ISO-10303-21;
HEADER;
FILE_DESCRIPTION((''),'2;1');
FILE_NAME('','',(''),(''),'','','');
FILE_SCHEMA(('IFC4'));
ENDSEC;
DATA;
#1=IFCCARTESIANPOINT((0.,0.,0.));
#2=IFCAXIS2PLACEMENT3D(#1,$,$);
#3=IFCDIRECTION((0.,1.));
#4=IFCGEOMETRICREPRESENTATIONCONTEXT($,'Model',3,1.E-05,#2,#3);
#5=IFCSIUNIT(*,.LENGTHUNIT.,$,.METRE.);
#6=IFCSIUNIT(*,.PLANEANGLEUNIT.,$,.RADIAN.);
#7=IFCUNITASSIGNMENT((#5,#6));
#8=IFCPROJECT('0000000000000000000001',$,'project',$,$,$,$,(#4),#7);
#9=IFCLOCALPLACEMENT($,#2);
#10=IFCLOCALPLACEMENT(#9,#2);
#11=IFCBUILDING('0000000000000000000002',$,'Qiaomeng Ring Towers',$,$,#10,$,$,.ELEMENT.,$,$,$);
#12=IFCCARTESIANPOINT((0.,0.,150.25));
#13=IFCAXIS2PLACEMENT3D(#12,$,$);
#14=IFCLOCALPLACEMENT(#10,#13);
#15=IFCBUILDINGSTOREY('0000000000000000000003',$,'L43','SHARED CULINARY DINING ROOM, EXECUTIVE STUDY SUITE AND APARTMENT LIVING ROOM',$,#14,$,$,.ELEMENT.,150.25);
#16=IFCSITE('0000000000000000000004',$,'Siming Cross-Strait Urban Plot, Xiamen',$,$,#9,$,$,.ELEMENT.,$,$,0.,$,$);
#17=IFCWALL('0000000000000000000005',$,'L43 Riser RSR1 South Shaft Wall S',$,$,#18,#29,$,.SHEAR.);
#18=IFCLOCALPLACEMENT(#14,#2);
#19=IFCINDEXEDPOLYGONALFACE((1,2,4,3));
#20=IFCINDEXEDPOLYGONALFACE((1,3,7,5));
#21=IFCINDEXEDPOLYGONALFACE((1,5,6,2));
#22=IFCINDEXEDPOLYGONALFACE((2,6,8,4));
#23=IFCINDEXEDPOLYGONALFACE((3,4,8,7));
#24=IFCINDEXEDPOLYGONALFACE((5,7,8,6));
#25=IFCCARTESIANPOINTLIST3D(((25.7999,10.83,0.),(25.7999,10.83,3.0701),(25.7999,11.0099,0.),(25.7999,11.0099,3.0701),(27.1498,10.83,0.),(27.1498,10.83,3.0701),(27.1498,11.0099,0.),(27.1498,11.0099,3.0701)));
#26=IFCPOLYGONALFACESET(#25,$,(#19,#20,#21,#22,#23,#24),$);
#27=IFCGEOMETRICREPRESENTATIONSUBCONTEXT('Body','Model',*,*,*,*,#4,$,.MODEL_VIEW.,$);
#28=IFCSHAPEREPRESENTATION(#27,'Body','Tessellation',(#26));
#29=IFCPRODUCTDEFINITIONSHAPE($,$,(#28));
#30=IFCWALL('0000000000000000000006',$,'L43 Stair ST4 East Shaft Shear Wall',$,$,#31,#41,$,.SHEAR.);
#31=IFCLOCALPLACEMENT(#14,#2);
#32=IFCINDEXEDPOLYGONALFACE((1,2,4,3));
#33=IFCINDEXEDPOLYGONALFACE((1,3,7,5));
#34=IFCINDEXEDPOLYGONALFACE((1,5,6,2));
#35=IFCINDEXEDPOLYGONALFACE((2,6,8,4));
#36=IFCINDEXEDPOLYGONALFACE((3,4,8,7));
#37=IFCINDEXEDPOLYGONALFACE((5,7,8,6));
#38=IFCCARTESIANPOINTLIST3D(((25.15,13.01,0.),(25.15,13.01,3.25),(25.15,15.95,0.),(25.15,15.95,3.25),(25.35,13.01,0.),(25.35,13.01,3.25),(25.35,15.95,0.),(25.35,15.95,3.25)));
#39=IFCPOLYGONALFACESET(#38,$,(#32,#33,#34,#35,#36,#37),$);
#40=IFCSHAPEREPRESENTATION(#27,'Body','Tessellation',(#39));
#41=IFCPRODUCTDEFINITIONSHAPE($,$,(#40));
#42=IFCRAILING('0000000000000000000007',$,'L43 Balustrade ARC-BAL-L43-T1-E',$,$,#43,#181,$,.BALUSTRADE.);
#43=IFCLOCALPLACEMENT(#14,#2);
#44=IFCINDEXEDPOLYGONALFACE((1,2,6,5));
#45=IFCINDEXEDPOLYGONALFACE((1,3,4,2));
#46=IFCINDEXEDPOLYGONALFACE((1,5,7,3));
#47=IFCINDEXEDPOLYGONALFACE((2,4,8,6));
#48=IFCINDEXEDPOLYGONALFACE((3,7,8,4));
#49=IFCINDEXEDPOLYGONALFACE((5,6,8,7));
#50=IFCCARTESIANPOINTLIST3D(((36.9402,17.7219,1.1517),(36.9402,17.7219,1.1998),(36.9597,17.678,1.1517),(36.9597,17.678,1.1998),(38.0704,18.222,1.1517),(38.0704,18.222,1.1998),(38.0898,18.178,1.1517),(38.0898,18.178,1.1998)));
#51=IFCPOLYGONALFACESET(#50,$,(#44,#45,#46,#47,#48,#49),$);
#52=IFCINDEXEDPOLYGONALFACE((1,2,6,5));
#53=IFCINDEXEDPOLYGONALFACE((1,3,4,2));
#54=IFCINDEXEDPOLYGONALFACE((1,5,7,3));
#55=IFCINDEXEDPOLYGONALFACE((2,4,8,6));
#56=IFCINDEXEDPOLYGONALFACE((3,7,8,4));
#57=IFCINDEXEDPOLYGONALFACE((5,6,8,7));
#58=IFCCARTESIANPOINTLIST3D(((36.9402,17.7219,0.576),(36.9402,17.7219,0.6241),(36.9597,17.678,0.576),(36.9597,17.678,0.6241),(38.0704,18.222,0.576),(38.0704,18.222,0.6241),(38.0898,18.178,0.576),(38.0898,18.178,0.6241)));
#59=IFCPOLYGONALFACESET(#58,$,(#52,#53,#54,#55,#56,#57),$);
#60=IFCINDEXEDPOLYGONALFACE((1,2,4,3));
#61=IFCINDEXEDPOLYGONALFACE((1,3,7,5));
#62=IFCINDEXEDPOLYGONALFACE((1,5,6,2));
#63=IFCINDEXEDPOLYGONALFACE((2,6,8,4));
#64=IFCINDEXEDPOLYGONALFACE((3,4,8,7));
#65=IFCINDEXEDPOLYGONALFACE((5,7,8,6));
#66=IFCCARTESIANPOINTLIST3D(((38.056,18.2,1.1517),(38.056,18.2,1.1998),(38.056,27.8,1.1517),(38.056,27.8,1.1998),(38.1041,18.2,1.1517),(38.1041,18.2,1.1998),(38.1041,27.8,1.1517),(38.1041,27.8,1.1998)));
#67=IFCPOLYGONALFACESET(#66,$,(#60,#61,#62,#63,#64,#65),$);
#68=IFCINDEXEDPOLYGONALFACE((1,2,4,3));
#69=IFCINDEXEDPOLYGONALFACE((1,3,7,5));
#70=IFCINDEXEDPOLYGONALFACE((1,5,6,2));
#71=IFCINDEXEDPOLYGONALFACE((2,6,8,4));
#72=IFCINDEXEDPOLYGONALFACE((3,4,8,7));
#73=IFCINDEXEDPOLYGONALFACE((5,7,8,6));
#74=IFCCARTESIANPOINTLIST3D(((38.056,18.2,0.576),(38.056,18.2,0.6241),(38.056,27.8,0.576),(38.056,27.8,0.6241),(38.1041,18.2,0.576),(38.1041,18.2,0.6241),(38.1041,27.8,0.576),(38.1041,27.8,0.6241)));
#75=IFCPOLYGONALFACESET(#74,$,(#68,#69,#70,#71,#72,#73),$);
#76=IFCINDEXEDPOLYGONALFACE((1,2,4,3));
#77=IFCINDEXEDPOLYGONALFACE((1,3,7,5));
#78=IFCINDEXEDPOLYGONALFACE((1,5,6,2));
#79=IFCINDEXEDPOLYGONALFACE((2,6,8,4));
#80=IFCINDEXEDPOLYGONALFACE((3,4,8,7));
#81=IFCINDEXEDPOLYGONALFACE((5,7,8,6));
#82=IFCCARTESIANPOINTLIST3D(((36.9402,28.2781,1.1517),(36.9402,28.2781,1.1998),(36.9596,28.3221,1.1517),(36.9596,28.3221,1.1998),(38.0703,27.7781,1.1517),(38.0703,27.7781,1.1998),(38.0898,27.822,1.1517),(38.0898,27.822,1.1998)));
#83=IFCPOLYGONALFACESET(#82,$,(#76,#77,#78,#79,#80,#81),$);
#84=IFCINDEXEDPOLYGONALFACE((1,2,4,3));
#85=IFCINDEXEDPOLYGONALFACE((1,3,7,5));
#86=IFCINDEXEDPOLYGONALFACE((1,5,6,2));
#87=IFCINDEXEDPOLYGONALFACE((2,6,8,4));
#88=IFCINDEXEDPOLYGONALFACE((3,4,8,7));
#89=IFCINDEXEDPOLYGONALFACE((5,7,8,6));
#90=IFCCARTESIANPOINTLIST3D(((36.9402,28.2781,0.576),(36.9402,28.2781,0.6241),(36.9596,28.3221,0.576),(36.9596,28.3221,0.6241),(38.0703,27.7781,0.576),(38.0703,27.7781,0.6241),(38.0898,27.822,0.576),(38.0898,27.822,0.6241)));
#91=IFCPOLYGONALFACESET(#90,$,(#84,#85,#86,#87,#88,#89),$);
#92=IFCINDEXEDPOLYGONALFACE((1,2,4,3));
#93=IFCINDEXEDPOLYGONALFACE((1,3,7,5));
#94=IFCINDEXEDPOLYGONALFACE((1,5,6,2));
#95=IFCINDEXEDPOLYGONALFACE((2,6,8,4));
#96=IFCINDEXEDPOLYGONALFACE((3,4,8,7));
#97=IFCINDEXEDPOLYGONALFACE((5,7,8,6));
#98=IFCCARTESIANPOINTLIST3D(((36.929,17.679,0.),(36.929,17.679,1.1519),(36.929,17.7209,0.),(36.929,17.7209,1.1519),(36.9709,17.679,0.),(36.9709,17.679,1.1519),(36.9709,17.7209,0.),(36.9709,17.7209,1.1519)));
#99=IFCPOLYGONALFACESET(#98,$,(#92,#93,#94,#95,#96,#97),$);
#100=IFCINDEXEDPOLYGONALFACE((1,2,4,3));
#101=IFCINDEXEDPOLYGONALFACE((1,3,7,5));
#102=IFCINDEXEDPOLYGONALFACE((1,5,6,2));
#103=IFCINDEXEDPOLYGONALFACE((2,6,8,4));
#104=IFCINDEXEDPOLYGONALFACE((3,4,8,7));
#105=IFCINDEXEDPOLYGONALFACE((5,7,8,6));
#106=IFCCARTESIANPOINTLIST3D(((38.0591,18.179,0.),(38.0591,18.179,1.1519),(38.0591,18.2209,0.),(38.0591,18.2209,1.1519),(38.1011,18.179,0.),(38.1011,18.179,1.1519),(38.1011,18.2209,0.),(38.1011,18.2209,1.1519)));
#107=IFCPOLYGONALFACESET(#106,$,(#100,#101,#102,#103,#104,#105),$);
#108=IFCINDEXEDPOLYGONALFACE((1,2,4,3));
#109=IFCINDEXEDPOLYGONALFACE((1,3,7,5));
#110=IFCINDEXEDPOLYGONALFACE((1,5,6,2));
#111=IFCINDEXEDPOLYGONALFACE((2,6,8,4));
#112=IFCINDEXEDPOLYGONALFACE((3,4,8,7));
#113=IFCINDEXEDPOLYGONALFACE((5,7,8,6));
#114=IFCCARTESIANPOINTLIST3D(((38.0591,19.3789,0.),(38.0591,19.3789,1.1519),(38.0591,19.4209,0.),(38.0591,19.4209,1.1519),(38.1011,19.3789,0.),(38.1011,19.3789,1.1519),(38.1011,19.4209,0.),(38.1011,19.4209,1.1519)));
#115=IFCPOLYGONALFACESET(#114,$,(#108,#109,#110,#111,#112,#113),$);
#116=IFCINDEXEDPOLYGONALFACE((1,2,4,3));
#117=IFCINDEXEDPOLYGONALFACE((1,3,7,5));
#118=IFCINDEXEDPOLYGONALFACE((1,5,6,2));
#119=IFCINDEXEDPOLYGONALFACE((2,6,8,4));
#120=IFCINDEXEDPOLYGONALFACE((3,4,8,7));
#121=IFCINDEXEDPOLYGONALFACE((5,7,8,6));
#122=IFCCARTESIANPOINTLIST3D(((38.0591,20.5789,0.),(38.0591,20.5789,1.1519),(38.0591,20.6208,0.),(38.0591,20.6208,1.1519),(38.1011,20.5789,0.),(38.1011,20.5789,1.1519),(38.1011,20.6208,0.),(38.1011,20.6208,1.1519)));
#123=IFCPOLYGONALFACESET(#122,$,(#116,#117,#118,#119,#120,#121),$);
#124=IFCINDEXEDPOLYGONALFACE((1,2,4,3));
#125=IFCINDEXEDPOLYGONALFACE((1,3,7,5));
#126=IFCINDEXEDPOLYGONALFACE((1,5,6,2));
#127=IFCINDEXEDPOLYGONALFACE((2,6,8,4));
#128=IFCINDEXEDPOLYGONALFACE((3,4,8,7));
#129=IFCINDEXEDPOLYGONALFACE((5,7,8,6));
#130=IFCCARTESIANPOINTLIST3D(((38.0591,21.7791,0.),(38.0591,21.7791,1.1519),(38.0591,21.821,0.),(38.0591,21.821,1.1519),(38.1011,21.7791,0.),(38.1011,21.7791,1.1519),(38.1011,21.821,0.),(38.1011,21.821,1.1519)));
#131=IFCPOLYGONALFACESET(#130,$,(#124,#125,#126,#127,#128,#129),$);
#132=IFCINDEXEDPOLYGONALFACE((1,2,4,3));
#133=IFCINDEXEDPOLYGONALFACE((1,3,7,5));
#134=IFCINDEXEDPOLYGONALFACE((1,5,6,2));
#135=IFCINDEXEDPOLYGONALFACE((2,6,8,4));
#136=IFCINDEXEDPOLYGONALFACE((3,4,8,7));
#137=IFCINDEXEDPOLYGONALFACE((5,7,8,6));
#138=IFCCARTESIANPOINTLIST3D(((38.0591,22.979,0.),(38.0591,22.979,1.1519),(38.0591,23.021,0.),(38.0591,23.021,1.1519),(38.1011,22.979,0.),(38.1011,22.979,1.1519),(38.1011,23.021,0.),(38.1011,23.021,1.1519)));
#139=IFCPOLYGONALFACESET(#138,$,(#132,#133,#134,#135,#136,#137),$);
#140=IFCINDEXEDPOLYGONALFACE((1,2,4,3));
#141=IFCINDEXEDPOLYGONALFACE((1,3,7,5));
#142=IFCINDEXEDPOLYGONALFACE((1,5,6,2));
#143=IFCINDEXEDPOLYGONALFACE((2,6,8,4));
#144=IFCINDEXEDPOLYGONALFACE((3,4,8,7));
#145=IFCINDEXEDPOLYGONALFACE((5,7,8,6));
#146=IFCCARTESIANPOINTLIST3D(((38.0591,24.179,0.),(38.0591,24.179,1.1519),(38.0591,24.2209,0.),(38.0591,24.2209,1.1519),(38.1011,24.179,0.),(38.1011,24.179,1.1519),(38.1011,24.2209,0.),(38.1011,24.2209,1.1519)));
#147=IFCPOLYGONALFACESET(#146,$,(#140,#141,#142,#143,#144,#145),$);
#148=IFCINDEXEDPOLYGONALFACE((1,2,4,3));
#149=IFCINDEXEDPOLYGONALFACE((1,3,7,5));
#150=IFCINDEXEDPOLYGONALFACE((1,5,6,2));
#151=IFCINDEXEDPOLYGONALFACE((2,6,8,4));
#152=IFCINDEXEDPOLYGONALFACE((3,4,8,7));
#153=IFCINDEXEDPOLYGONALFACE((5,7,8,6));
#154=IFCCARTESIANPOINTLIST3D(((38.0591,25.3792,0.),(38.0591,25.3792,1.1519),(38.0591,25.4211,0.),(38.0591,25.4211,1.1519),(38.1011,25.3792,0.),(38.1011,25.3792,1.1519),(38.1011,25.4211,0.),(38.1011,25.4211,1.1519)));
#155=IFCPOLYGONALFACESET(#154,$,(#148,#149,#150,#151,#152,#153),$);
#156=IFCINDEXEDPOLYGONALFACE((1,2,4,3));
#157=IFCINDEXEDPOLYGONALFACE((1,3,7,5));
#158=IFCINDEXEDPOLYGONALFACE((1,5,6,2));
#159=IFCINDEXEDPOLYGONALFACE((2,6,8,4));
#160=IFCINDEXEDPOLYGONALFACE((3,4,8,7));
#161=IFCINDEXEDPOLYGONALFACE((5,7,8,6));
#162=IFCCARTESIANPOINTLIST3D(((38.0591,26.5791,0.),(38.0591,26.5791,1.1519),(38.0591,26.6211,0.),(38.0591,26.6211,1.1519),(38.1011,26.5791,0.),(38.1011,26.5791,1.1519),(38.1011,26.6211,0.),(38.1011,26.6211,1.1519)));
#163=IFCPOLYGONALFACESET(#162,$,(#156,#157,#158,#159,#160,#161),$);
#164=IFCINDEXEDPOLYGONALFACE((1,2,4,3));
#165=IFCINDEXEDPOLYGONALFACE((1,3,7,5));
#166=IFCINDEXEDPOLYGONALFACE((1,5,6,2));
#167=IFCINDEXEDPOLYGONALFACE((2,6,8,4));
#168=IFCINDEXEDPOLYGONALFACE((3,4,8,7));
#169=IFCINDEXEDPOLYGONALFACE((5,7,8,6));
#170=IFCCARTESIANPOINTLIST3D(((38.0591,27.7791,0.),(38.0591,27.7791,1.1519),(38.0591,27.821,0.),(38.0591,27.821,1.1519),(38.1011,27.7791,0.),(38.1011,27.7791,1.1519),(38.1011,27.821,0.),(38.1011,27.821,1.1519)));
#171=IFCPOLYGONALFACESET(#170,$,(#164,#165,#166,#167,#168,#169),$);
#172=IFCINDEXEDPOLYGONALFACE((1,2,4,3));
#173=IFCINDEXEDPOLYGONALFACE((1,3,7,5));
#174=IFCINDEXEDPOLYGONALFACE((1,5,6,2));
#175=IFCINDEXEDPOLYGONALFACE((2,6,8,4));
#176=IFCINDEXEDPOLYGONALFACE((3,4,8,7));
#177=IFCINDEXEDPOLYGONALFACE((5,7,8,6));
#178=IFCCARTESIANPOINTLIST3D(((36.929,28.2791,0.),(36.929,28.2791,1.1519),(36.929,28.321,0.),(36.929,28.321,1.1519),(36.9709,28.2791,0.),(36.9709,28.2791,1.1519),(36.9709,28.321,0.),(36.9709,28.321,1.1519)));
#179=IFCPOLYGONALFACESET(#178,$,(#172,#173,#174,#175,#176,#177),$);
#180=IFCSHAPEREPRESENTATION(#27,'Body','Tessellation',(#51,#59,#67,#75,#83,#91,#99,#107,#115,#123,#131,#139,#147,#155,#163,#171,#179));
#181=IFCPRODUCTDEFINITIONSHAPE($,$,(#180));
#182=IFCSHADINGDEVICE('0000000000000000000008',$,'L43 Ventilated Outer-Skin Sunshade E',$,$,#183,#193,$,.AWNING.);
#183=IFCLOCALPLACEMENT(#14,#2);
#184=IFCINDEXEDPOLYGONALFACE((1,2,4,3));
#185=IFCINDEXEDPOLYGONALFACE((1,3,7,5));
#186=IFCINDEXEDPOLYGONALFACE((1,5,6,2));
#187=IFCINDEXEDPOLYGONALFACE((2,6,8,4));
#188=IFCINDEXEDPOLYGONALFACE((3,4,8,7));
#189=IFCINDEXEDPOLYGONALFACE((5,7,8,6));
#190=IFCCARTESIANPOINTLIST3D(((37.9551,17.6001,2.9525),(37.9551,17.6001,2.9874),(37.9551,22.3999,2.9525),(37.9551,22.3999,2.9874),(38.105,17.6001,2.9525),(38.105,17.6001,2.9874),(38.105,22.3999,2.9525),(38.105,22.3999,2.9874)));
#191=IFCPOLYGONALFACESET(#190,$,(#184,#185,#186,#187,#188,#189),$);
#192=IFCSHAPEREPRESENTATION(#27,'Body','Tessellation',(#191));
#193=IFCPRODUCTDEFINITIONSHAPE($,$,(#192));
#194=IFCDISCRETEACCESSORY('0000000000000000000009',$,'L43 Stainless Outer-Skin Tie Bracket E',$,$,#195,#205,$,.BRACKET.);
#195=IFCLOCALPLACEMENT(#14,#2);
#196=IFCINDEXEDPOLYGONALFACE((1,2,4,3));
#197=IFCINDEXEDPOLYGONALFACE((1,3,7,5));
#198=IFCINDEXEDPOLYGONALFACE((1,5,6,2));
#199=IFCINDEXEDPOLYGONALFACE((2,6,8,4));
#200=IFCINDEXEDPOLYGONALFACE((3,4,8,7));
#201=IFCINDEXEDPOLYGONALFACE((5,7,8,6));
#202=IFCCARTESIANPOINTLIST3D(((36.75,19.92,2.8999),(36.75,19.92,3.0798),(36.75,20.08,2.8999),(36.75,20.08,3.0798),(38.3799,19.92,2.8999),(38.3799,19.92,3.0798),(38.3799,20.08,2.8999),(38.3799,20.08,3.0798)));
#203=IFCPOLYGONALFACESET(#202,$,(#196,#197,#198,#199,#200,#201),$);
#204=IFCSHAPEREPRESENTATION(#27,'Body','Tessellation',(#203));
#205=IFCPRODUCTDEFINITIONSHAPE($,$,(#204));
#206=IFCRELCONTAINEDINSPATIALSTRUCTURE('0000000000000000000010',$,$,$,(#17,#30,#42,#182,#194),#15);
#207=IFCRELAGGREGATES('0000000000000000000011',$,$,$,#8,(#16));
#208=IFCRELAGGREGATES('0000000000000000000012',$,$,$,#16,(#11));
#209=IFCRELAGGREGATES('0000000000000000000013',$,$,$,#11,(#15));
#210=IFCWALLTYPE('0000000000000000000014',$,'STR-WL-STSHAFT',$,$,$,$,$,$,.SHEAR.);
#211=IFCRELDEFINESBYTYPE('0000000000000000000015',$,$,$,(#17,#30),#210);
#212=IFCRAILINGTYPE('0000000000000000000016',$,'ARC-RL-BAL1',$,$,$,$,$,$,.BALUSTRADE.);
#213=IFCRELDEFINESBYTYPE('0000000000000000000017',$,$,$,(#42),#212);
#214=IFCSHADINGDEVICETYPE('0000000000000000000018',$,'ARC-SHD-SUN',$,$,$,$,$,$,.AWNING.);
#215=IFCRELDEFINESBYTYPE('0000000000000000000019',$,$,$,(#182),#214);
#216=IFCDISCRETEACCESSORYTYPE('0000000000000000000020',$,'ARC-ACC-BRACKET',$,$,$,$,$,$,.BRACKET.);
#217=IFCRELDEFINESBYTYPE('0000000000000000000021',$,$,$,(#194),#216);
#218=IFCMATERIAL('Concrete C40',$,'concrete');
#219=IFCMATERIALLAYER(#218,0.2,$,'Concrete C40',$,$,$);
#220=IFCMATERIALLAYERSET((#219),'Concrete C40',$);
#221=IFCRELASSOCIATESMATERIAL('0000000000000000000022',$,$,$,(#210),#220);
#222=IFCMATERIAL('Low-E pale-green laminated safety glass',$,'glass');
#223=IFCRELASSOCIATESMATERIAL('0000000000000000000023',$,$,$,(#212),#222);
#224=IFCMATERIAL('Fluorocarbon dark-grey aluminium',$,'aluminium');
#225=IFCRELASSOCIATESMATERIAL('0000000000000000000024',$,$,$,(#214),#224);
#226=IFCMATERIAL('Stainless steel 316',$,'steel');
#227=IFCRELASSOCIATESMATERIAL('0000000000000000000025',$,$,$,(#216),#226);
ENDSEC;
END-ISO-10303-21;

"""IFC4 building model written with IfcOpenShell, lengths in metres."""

from ifc_helpers import new_model, si_unit, direction, frame, frame_2d, origin, origin_2d, place, context, subcontext, project, spatial, rectangle, extrude, source, transform, mapped, material, layer, layer_set, material_profile, profile_set, type_object, element, save


model = new_model("IFC4")

# Units and contexts
model_context = context("Model", 3, precision=1e-05, world=origin(), true_north=direction((0.0, 1.0)))
body_context = subcontext(model_context, "Body", "Model", "MODEL_VIEW")
ifc_project = project(units=[si_unit("LENGTHUNIT", "METRE"), si_unit("PLANEANGLEUNIT", "RADIAN")], contexts=[model_context])

# Site, building, storey
site_placement = place(None, origin())
site = spatial("IfcSite", under=ifc_project, at=site_placement, Name="Siming Cross-Strait Urban Plot, Xiamen", CompositionType="ELEMENT", RefElevation=0.0)
building_placement = place(site_placement, origin())
building = spatial("IfcBuilding", under=site, at=building_placement, Name="Qiaomeng Ring Towers", CompositionType="ELEMENT")
storey_placement = place(building_placement, frame((0.0, 0.0, 150.25)))
storey = spatial("IfcBuildingStorey", under=building, at=storey_placement, Name="L43", Description="SHARED CULINARY DINING ROOM, EXECUTIVE STUDY SUITE AND APARTMENT LIVING ROOM", CompositionType="ELEMENT", Elevation=150.25)

# Shared definitions
ifc_material_1 = material(Name="Stainless steel 316", Category="steel")

# Walls
ifc_material_2 = material(Name="Concrete C40", Category="concrete")
ifc_layer_1 = layer(ifc_material_2, 0.2, Name="Concrete C40")
ifc_layer_set_1 = layer_set([ifc_layer_1], Name="Concrete C40")
wall_type_1 = type_object("IfcWallType", Name="STR-WL-STSHAFT", PredefinedType="SHEAR", material=ifc_layer_set_1)
for number, where, z_axis, x_axis, name in (
    (1, (25.8, 10.9199, 0.0), (0.0, 0.0, 1.0), (1.0, 0.0, 0.0), "L43 Riser RSR1 South Shaft Wall S"),
):
    element("IfcWall", number, at=place(storey_placement, frame(where, z_axis=z_axis, x_axis=x_axis)), inside=storey, type_object=wall_type_1, Name=name, PredefinedType="SHEAR", context=body_context, shape_type="SweptSolid", body=[
        extrude(rectangle(XDim=1.3499, YDim=0.1799, at=frame_2d((0.6748, 0.0))), origin(), (0.0, 0.0, 1.0), 3.0701),
    ])
wall_1_placement = place(storey_placement, frame((25.25, 13.01, 0.0), z_axis=(0.0, 0.0, 1.0), x_axis=(0.0, 1.0, 0.0)))
element("IfcWall", 2, at=wall_1_placement, inside=storey, type_object=wall_type_1, Name="L43 Stair ST4 East Shaft Shear Wall", PredefinedType="SHEAR", context=body_context, shape_type="SweptSolid", body=[
    extrude(rectangle(XDim=2.9399, YDim=0.2, at=frame_2d((1.47, 0.0))), origin(), (0.0, 0.0, 1.0), 3.25),
])

# Railing
ifc_material_3 = material(Name="Low-E pale-green laminated safety glass", Category="glass")
railing_type = type_object("IfcRailingType", Name="ARC-RL-BAL1", PredefinedType="BALUSTRADE", material=ifc_material_3)
railing_placement = place(storey_placement, frame((36.95, 17.7, 0.0)))
element("IfcRailing", 3, at=railing_placement, inside=storey, type_object=railing_type, Name="L43 Balustrade ARC-BAL-L43-T1-E", PredefinedType="BALUSTRADE", context=body_context, shape_type="SweptSolid", body=[
    extrude(rectangle(XDim=0.0481, YDim=0.0481, at=origin_2d()), frame((0.0, 0.0, 1.1758), z_axis=(0.914495, 0.404598, 0.0), x_axis=(-0.404598, 0.914495, 0.0)), (0.0, 0.0, 1.0), 1.2358),
    extrude(rectangle(XDim=0.0481, YDim=0.0481, at=origin_2d()), frame((0.0, 0.0, 0.6001), z_axis=(0.914495, 0.404598, 0.0), x_axis=(-0.404598, 0.914495, 0.0)), (0.0, 0.0, 1.0), 1.2358),
    extrude(rectangle(XDim=0.0481, YDim=0.0481, at=origin_2d()), frame((1.1301, 0.5, 1.1758), z_axis=(0.0, 1.0, 0.0), x_axis=(-1.0, 0.0, 0.0)), (0.0, 0.0, 1.0), 9.6001),
    extrude(rectangle(XDim=0.0481, YDim=0.0481, at=origin_2d()), frame((1.1301, 0.5, 0.6001), z_axis=(0.0, 1.0, 0.0), x_axis=(-1.0, 0.0, 0.0)), (0.0, 0.0, 1.0), 9.6001),
    extrude(rectangle(XDim=0.0481, YDim=0.0481, at=origin_2d()), frame((1.1301, 10.1001, 1.1758), z_axis=(-0.914495, 0.404598, 0.0), x_axis=(-0.404598, -0.914495, 0.0)), (0.0, 0.0, 1.0), 1.2358),
    extrude(rectangle(XDim=0.0481, YDim=0.0481, at=origin_2d()), frame((1.1301, 10.1001, 0.6001), z_axis=(-0.914495, 0.404598, 0.0), x_axis=(-0.404598, -0.914495, 0.0)), (0.0, 0.0, 1.0), 1.2358),
    extrude(rectangle(XDim=0.042, YDim=0.042, at=origin_2d()), origin(), (0.0, 0.0, 1.0), 1.1519),
    extrude(rectangle(XDim=0.042, YDim=0.042, at=origin_2d()), frame((1.1301, 0.5, 0.0)), (0.0, 0.0, 1.0), 1.1519),
    extrude(rectangle(XDim=0.042, YDim=0.042, at=origin_2d()), frame((1.1301, 1.7, 0.0)), (0.0, 0.0, 1.0), 1.1519),
    extrude(rectangle(XDim=0.042, YDim=0.042, at=origin_2d()), frame((1.1301, 2.8999, 0.0)), (0.0, 0.0, 1.0), 1.1519),
    extrude(rectangle(XDim=0.042, YDim=0.042, at=origin_2d()), frame((1.1301, 4.1001, 0.0)), (0.0, 0.0, 1.0), 1.1519),
    extrude(rectangle(XDim=0.042, YDim=0.042, at=origin_2d()), frame((1.1301, 5.3, 0.0)), (0.0, 0.0, 1.0), 1.1519),
    extrude(rectangle(XDim=0.042, YDim=0.042, at=origin_2d()), frame((1.1301, 6.5, 0.0)), (0.0, 0.0, 1.0), 1.1519),
    extrude(rectangle(XDim=0.042, YDim=0.042, at=origin_2d()), frame((1.1301, 7.7002, 0.0)), (0.0, 0.0, 1.0), 1.1519),
    extrude(rectangle(XDim=0.042, YDim=0.042, at=origin_2d()), frame((1.1301, 8.9001, 0.0)), (0.0, 0.0, 1.0), 1.1519),
    extrude(rectangle(XDim=0.042, YDim=0.042, at=origin_2d()), frame((1.1301, 10.1001, 0.0)), (0.0, 0.0, 1.0), 1.1519),
    extrude(rectangle(XDim=0.042, YDim=0.042, at=origin_2d()), frame((0.0, 10.6001, 0.0)), (0.0, 0.0, 1.0), 1.1519),
])

# Shading device
ifc_material_4 = material(Name="Fluorocarbon dark-grey aluminium", Category="aluminium")
ifc_material_profile_1 = material_profile(ifc_material_4, rectangle(XDim=0.1499, YDim=0.0349, at=origin_2d()), Name="LV BLADE 150x35")
ifc_profile_set_1 = profile_set([ifc_material_profile_1], Name="Fluorocarbon dark-grey aluminium")
shading_device_type = type_object("IfcShadingDeviceType", Name="ARC-SHD-SUN", PredefinedType="AWNING", material=ifc_profile_set_1)
shared_shape_1 = source(origin(), body_context, "Body", "SweptSolid", [
    extrude(rectangle(XDim=0.1499, YDim=0.0349, at=origin_2d()), origin(), (0.0, 0.0, 1.0), 4.7998),
])
shading_device_placement = place(storey_placement, frame((38.03, 17.6001, 2.97), z_axis=(0.0, 1.0, 0.0), x_axis=(-1.0, 0.0, 0.0)))
element("IfcShadingDevice", 4, at=shading_device_placement, inside=storey, type_object=shading_device_type, Name="L43 Ventilated Outer-Skin Sunshade E", PredefinedType="AWNING", context=body_context, shape_type="MappedRepresentation", body=[
    mapped(shared_shape_1, transform((0.0, 0.0, 0.0), x_axis=(1.0, 0.0, 0.0), y_axis=(0.0, 1.0, 0.0), z_axis=(0.0, 0.0, 1.0), scale=1.0)),
])

# Discrete accessory
discrete_accessory_type = type_object("IfcDiscreteAccessoryType", Name="ARC-ACC-BRACKET", PredefinedType="BRACKET", material=ifc_material_1)
shared_shape_2 = source(origin(), body_context, "Body", "SweptSolid", [
    extrude(rectangle(XDim=1.6299, YDim=0.1599, at=origin_2d()), origin(), (0.0, 0.0, 1.0), 0.1799),
])
discrete_accessory_placement = place(storey_placement, frame((37.5649, 20.0, 2.8999), z_axis=(0.0, 0.0, 1.0), x_axis=(1.0, 0.0, 0.0)))
element("IfcDiscreteAccessory", 5, at=discrete_accessory_placement, inside=storey, type_object=discrete_accessory_type, Name="L43 Stainless Outer-Skin Tie Bracket E", PredefinedType="BRACKET", context=body_context, shape_type="MappedRepresentation", body=[
    mapped(shared_shape_2, transform((0.0, 0.0, 0.0), x_axis=(1.0, 0.0, 0.0), y_axis=(0.0, 1.0, 0.0), z_axis=(0.0, 0.0, 1.0), scale=1.0)),
])

save(model, "model.ifc")
